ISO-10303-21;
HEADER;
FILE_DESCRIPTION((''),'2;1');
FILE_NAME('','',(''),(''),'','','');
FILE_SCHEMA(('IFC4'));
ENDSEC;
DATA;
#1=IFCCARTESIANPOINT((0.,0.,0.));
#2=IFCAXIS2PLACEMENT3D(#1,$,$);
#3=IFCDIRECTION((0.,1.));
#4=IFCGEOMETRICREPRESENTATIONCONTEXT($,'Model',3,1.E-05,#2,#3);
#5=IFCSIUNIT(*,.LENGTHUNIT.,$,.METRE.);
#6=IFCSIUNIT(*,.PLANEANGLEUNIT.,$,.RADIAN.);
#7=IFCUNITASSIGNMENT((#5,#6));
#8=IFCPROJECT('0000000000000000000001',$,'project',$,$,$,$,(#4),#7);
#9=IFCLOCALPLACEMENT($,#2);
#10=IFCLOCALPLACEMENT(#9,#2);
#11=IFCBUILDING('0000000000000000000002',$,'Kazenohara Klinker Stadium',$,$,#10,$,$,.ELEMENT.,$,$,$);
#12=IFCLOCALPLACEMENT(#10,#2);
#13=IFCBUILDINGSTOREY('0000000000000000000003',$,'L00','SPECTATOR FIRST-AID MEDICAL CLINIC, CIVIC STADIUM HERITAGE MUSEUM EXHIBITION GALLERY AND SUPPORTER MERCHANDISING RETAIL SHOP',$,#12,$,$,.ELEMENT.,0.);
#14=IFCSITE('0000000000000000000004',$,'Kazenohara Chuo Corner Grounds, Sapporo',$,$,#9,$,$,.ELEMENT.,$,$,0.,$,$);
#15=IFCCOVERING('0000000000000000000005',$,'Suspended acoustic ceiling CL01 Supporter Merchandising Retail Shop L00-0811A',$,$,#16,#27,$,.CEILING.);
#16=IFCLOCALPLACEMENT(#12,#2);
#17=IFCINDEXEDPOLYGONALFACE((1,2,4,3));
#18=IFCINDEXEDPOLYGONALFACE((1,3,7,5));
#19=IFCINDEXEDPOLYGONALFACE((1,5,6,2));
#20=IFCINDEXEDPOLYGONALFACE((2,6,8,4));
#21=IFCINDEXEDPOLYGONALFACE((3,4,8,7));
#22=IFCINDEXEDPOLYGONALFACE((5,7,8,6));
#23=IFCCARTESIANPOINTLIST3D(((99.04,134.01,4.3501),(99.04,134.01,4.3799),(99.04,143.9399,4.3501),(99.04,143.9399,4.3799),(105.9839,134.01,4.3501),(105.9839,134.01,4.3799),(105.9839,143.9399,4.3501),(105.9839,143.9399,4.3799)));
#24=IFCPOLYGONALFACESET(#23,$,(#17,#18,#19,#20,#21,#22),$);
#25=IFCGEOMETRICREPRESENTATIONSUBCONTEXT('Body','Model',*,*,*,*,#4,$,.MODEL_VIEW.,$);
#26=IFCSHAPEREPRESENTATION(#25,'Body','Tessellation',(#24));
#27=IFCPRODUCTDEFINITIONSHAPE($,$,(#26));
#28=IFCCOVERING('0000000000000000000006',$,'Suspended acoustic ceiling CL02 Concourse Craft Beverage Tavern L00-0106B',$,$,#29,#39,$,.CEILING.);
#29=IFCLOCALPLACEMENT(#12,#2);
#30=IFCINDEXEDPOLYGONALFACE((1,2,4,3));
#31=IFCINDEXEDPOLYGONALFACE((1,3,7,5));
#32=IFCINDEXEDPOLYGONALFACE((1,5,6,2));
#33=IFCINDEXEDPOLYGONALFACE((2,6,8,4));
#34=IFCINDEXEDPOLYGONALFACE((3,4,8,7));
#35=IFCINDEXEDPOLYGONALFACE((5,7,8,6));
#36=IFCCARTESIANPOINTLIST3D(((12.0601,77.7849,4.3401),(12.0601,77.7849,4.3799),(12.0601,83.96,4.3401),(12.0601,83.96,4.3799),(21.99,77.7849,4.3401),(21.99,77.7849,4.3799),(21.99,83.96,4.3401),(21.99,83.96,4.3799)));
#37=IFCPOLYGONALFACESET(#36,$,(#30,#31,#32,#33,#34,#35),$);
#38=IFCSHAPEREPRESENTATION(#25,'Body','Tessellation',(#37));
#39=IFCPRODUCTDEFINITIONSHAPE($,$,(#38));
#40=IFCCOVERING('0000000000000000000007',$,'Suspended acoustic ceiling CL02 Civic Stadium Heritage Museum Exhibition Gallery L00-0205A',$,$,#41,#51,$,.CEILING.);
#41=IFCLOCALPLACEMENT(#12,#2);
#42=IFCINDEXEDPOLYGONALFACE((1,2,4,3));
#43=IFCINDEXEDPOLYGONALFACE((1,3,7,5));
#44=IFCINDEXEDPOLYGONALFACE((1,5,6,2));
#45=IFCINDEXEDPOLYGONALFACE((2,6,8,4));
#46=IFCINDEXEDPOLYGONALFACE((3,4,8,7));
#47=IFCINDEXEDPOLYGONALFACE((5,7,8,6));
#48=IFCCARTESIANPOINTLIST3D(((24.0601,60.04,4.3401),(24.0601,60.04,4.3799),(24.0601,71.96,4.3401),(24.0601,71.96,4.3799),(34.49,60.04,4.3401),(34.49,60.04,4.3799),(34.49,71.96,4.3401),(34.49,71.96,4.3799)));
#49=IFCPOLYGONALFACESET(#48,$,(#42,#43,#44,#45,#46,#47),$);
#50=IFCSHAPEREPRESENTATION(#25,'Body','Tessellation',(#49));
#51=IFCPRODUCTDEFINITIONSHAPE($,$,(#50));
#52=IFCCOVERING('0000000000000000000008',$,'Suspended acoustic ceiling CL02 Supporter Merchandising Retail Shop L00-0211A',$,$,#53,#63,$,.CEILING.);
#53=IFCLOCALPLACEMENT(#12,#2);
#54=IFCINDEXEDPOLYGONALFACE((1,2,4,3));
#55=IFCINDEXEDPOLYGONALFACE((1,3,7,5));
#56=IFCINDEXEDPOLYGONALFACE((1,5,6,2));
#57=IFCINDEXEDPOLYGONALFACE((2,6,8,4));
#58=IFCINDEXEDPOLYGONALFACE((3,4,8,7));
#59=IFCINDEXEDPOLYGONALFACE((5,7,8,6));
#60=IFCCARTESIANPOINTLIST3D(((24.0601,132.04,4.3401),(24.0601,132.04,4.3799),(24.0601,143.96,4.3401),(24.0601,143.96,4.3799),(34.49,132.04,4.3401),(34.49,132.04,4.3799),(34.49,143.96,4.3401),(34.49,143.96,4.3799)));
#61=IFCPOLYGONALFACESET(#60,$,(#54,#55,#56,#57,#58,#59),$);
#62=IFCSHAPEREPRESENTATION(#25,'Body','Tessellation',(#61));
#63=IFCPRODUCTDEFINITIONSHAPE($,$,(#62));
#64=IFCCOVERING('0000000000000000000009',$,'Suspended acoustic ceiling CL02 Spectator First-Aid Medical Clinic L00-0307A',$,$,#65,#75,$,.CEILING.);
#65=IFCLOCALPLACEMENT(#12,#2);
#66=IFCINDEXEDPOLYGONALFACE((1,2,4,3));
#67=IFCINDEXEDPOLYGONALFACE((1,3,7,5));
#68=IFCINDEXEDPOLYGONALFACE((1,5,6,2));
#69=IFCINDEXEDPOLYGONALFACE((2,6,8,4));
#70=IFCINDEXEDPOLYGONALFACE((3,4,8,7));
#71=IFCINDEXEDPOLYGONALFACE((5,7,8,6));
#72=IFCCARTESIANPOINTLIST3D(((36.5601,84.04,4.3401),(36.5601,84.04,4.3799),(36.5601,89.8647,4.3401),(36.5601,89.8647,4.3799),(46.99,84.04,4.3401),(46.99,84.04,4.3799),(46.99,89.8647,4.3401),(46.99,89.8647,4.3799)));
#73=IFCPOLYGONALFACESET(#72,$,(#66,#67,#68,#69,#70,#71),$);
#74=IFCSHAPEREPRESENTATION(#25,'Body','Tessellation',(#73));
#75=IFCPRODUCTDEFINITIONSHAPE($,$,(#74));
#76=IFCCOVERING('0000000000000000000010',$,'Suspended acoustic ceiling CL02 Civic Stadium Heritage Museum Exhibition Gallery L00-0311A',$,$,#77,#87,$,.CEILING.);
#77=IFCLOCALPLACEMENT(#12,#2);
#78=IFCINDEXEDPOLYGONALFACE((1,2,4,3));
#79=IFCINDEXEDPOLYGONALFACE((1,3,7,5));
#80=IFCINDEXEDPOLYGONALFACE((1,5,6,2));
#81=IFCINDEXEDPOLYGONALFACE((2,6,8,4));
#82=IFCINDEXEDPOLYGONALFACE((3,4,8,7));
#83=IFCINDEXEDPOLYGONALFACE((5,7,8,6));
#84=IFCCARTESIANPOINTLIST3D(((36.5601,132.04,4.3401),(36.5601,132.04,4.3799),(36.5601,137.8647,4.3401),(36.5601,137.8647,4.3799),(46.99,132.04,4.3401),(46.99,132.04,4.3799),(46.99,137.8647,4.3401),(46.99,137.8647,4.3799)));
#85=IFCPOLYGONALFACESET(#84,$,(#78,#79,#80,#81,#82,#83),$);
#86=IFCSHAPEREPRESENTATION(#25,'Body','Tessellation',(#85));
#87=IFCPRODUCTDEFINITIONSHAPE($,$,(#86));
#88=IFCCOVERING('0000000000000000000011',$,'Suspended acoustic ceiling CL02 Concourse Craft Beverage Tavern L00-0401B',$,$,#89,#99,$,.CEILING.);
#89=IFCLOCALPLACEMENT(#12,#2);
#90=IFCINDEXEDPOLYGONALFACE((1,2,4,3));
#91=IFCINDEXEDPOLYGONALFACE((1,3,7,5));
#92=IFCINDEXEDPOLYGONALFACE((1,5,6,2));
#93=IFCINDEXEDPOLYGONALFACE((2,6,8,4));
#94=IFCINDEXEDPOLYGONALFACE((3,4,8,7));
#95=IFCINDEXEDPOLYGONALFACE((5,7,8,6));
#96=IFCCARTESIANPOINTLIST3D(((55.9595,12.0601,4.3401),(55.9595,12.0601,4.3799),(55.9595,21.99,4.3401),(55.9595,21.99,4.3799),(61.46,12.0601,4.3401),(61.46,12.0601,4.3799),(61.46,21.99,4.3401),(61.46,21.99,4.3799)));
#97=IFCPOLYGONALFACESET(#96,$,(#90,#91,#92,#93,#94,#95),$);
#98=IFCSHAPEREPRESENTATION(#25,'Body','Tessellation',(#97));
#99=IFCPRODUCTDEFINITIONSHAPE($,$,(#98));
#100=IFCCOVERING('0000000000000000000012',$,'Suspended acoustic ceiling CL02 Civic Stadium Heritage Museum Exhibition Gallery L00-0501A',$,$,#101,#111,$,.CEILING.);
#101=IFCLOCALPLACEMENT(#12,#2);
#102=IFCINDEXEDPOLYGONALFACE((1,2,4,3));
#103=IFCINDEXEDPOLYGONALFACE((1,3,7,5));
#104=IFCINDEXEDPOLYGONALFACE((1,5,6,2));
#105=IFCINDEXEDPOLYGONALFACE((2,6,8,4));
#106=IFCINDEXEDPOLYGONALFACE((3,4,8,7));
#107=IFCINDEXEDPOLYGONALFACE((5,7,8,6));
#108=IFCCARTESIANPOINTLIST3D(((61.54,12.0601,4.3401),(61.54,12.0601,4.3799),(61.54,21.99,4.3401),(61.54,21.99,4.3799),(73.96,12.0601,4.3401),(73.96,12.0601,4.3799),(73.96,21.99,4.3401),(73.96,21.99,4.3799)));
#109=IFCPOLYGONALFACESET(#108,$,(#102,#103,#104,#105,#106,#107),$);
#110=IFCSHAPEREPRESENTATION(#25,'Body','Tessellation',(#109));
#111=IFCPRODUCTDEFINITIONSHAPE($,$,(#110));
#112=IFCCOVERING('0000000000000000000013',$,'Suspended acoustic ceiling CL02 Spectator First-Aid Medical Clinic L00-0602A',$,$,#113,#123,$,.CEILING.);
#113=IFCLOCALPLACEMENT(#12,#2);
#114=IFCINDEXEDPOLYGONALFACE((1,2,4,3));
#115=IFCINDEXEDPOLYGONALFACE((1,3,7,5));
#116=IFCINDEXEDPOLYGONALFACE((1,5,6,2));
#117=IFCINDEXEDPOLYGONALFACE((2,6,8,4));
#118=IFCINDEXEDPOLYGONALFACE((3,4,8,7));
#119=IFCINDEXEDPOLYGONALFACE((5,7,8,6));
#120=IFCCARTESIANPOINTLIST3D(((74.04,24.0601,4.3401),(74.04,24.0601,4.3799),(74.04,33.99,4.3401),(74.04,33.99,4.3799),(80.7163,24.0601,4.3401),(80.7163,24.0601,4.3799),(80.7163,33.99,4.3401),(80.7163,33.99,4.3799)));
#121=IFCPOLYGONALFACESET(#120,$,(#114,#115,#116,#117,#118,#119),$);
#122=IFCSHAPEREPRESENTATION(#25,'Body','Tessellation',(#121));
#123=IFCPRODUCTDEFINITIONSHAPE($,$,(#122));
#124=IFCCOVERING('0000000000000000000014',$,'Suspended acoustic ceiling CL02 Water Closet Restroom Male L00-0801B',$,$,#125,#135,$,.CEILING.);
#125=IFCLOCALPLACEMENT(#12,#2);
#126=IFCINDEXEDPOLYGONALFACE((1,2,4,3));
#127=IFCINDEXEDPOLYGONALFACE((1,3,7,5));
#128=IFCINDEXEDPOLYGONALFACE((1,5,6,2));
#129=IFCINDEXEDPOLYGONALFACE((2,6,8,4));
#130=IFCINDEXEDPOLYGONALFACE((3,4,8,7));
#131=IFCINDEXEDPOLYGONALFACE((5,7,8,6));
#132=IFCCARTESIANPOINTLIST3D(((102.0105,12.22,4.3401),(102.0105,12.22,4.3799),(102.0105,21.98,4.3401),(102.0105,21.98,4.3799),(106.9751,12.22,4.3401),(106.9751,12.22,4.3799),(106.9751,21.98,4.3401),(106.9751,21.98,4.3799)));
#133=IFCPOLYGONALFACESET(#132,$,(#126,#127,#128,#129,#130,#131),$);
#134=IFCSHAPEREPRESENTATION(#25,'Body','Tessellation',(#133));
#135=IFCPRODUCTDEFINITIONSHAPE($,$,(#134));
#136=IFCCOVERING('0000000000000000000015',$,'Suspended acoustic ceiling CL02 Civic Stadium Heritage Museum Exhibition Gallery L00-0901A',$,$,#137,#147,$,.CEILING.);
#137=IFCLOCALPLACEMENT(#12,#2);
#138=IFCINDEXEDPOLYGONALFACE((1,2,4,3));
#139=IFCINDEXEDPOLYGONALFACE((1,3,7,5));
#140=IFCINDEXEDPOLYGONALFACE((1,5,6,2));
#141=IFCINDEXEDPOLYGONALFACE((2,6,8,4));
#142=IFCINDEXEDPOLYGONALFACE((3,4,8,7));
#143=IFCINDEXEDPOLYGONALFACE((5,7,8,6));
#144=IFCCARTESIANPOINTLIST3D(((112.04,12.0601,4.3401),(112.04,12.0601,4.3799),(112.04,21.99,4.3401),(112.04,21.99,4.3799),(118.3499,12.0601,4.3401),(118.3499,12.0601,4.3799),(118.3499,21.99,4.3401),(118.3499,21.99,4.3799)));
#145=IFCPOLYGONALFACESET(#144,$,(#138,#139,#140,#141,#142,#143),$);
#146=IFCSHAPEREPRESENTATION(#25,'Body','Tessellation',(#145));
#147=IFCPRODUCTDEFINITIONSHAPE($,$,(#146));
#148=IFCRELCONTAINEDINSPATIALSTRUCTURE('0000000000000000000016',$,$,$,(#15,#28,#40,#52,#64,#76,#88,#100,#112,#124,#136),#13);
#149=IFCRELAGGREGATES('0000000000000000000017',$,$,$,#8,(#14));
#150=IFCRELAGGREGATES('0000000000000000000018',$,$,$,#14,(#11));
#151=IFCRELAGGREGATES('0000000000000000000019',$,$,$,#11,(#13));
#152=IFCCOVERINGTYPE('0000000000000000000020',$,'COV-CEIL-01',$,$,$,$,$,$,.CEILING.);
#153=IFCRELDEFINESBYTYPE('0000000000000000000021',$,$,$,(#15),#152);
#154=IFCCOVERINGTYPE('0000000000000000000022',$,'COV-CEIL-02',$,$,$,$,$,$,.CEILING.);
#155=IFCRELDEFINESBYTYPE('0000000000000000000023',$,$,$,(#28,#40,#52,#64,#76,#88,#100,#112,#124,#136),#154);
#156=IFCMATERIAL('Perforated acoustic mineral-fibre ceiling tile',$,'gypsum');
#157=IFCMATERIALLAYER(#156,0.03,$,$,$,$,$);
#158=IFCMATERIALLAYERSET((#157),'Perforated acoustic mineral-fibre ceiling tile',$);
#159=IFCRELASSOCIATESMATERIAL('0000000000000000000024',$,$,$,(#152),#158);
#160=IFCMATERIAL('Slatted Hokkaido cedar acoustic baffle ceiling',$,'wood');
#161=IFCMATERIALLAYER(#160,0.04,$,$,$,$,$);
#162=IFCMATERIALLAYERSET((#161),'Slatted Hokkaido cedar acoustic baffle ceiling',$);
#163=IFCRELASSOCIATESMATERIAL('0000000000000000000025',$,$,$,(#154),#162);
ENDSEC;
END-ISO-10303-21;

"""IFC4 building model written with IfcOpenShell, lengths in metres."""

from ifc_helpers import new_model, si_unit, direction, frame, origin, place, context, subcontext, project, spatial, polyline, outline, extrude, material, layer, layer_set, type_object, element, save


model = new_model("IFC4")

# Units and contexts
model_context = context("Model", 3, precision=1e-05, world=origin(), true_north=direction((0.0, 1.0)))
body_context = subcontext(model_context, "Body", "Model", "MODEL_VIEW")
ifc_project = project(units=[si_unit("LENGTHUNIT", "METRE"), si_unit("PLANEANGLEUNIT", "RADIAN")], contexts=[model_context])

# Site, building, storey
site_placement = place(None, origin())
site = spatial("IfcSite", under=ifc_project, at=site_placement, Name="Kazenohara Chuo Corner Grounds, Sapporo", CompositionType="ELEMENT", RefElevation=0.0)
building_placement = place(site_placement, origin())
building = spatial("IfcBuilding", under=site, at=building_placement, Name="Kazenohara Klinker Stadium", CompositionType="ELEMENT")
storey_placement = place(building_placement, origin())
storey = spatial("IfcBuildingStorey", under=building, at=storey_placement, Name="L00", Description="SPECTATOR FIRST-AID MEDICAL CLINIC, CIVIC STADIUM HERITAGE MUSEUM EXHIBITION GALLERY AND SUPPORTER MERCHANDISING RETAIL SHOP", CompositionType="ELEMENT", Elevation=0.0)

# Coverings
ifc_material_1 = material(Name="Perforated acoustic mineral-fibre ceiling tile", Category="gypsum")
ifc_layer_1 = layer(ifc_material_1, 0.03)
ifc_layer_set_1 = layer_set([ifc_layer_1], Name="Perforated acoustic mineral-fibre ceiling tile")
covering_type_1 = type_object("IfcCoveringType", Name="COV-CEIL-01", PredefinedType="CEILING", material=ifc_layer_set_1)
covering_1_placement = place(storey_placement, frame((0.0, 0.0, 4.3501)))
element("IfcCovering", 1, at=covering_1_placement, inside=storey, type_object=covering_type_1, Name="Suspended acoustic ceiling CL01 Supporter Merchandising Retail Shop L00-0811A", PredefinedType="CEILING", context=body_context, shape_type="SweptSolid", body=[
    extrude(outline(polyline([(99.04, 134.01), (105.9839, 134.01), (105.9839, 143.9399), (99.04, 143.9399), (99.04, 134.01)])), origin(), (0.0, 0.0, 1.0), 0.0298),
])
ifc_material_2 = material(Name="Slatted Hokkaido cedar acoustic baffle ceiling", Category="wood")
ifc_layer_2 = layer(ifc_material_2, 0.04)
ifc_layer_set_2 = layer_set([ifc_layer_2], Name="Slatted Hokkaido cedar acoustic baffle ceiling")
covering_type_2 = type_object("IfcCoveringType", Name="COV-CEIL-02", PredefinedType="CEILING", material=ifc_layer_set_2)
covering_2_placement = place(storey_placement, frame((0.0, 0.0, 4.3401)))
element("IfcCovering", 2, at=covering_2_placement, inside=storey, type_object=covering_type_2, Name="Suspended acoustic ceiling CL02 Concourse Craft Beverage Tavern L00-0106B", PredefinedType="CEILING", context=body_context, shape_type="SweptSolid", body=[
    extrude(outline(polyline([(12.0601, 77.7849), (21.99, 77.7849), (21.99, 83.96), (12.0601, 83.96), (12.0601, 77.7849)])), origin(), (0.0, 0.0, 1.0), 0.0398),
])
covering_3_placement = place(storey_placement, frame((0.0, 0.0, 4.3401)))
element("IfcCovering", 3, at=covering_3_placement, inside=storey, type_object=covering_type_2, Name="Suspended acoustic ceiling CL02 Civic Stadium Heritage Museum Exhibition Gallery L00-0205A", PredefinedType="CEILING", context=body_context, shape_type="SweptSolid", body=[
    extrude(outline(polyline([(24.0601, 60.04), (34.49, 60.04), (34.49, 71.96), (24.0601, 71.96), (24.0601, 60.04)])), origin(), (0.0, 0.0, 1.0), 0.0398),
])
covering_4_placement = place(storey_placement, frame((0.0, 0.0, 4.3401)))
element("IfcCovering", 4, at=covering_4_placement, inside=storey, type_object=covering_type_2, Name="Suspended acoustic ceiling CL02 Supporter Merchandising Retail Shop L00-0211A", PredefinedType="CEILING", context=body_context, shape_type="SweptSolid", body=[
    extrude(outline(polyline([(24.0601, 132.04), (34.49, 132.04), (34.49, 143.96), (24.0601, 143.96), (24.0601, 132.04)])), origin(), (0.0, 0.0, 1.0), 0.0398),
])
covering_5_placement = place(storey_placement, frame((0.0, 0.0, 4.3401)))
element("IfcCovering", 5, at=covering_5_placement, inside=storey, type_object=covering_type_2, Name="Suspended acoustic ceiling CL02 Spectator First-Aid Medical Clinic L00-0307A", PredefinedType="CEILING", context=body_context, shape_type="SweptSolid", body=[
    extrude(outline(polyline([(36.5601, 84.04), (46.99, 84.04), (46.99, 89.8647), (36.5601, 89.8647), (36.5601, 84.04)])), origin(), (0.0, 0.0, 1.0), 0.0398),
])
covering_6_placement = place(storey_placement, frame((0.0, 0.0, 4.3401)))
element("IfcCovering", 6, at=covering_6_placement, inside=storey, type_object=covering_type_2, Name="Suspended acoustic ceiling CL02 Civic Stadium Heritage Museum Exhibition Gallery L00-0311A", PredefinedType="CEILING", context=body_context, shape_type="SweptSolid", body=[
    extrude(outline(polyline([(36.5601, 132.04), (46.99, 132.04), (46.99, 137.8647), (36.5601, 137.8647), (36.5601, 132.04)])), origin(), (0.0, 0.0, 1.0), 0.0398),
])
covering_7_placement = place(storey_placement, frame((0.0, 0.0, 4.3401)))
element("IfcCovering", 7, at=covering_7_placement, inside=storey, type_object=covering_type_2, Name="Suspended acoustic ceiling CL02 Concourse Craft Beverage Tavern L00-0401B", PredefinedType="CEILING", context=body_context, shape_type="SweptSolid", body=[
    extrude(outline(polyline([(55.9595, 12.0601), (61.46, 12.0601), (61.46, 21.99), (55.9595, 21.99), (55.9595, 12.0601)])), origin(), (0.0, 0.0, 1.0), 0.0398),
])
covering_8_placement = place(storey_placement, frame((0.0, 0.0, 4.3401)))
element("IfcCovering", 8, at=covering_8_placement, inside=storey, type_object=covering_type_2, Name="Suspended acoustic ceiling CL02 Civic Stadium Heritage Museum Exhibition Gallery L00-0501A", PredefinedType="CEILING", context=body_context, shape_type="SweptSolid", body=[
    extrude(outline(polyline([(61.54, 12.0601), (73.96, 12.0601), (73.96, 21.99), (61.54, 21.99), (61.54, 12.0601)])), origin(), (0.0, 0.0, 1.0), 0.0398),
])
covering_9_placement = place(storey_placement, frame((0.0, 0.0, 4.3401)))
element("IfcCovering", 9, at=covering_9_placement, inside=storey, type_object=covering_type_2, Name="Suspended acoustic ceiling CL02 Spectator First-Aid Medical Clinic L00-0602A", PredefinedType="CEILING", context=body_context, shape_type="SweptSolid", body=[
    extrude(outline(polyline([(74.04, 24.0601), (80.7163, 24.0601), (80.7163, 33.99), (74.04, 33.99), (74.04, 24.0601)])), origin(), (0.0, 0.0, 1.0), 0.0398),
])
covering_10_placement = place(storey_placement, frame((0.0, 0.0, 4.3401)))
element("IfcCovering", 10, at=covering_10_placement, inside=storey, type_object=covering_type_2, Name="Suspended acoustic ceiling CL02 Water Closet Restroom Male L00-0801B", PredefinedType="CEILING", context=body_context, shape_type="SweptSolid", body=[
    extrude(outline(polyline([(102.0105, 12.22), (106.9751, 12.22), (106.9751, 21.98), (102.0105, 21.98), (102.0105, 12.22)])), origin(), (0.0, 0.0, 1.0), 0.0398),
])
covering_11_placement = place(storey_placement, frame((0.0, 0.0, 4.3401)))
element("IfcCovering", 11, at=covering_11_placement, inside=storey, type_object=covering_type_2, Name="Suspended acoustic ceiling CL02 Civic Stadium Heritage Museum Exhibition Gallery L00-0901A", PredefinedType="CEILING", context=body_context, shape_type="SweptSolid", body=[
    extrude(outline(polyline([(112.04, 12.0601), (118.3499, 12.0601), (118.3499, 21.99), (112.04, 21.99), (112.04, 12.0601)])), origin(), (0.0, 0.0, 1.0), 0.0398),
])

save(model, "model.ifc")
